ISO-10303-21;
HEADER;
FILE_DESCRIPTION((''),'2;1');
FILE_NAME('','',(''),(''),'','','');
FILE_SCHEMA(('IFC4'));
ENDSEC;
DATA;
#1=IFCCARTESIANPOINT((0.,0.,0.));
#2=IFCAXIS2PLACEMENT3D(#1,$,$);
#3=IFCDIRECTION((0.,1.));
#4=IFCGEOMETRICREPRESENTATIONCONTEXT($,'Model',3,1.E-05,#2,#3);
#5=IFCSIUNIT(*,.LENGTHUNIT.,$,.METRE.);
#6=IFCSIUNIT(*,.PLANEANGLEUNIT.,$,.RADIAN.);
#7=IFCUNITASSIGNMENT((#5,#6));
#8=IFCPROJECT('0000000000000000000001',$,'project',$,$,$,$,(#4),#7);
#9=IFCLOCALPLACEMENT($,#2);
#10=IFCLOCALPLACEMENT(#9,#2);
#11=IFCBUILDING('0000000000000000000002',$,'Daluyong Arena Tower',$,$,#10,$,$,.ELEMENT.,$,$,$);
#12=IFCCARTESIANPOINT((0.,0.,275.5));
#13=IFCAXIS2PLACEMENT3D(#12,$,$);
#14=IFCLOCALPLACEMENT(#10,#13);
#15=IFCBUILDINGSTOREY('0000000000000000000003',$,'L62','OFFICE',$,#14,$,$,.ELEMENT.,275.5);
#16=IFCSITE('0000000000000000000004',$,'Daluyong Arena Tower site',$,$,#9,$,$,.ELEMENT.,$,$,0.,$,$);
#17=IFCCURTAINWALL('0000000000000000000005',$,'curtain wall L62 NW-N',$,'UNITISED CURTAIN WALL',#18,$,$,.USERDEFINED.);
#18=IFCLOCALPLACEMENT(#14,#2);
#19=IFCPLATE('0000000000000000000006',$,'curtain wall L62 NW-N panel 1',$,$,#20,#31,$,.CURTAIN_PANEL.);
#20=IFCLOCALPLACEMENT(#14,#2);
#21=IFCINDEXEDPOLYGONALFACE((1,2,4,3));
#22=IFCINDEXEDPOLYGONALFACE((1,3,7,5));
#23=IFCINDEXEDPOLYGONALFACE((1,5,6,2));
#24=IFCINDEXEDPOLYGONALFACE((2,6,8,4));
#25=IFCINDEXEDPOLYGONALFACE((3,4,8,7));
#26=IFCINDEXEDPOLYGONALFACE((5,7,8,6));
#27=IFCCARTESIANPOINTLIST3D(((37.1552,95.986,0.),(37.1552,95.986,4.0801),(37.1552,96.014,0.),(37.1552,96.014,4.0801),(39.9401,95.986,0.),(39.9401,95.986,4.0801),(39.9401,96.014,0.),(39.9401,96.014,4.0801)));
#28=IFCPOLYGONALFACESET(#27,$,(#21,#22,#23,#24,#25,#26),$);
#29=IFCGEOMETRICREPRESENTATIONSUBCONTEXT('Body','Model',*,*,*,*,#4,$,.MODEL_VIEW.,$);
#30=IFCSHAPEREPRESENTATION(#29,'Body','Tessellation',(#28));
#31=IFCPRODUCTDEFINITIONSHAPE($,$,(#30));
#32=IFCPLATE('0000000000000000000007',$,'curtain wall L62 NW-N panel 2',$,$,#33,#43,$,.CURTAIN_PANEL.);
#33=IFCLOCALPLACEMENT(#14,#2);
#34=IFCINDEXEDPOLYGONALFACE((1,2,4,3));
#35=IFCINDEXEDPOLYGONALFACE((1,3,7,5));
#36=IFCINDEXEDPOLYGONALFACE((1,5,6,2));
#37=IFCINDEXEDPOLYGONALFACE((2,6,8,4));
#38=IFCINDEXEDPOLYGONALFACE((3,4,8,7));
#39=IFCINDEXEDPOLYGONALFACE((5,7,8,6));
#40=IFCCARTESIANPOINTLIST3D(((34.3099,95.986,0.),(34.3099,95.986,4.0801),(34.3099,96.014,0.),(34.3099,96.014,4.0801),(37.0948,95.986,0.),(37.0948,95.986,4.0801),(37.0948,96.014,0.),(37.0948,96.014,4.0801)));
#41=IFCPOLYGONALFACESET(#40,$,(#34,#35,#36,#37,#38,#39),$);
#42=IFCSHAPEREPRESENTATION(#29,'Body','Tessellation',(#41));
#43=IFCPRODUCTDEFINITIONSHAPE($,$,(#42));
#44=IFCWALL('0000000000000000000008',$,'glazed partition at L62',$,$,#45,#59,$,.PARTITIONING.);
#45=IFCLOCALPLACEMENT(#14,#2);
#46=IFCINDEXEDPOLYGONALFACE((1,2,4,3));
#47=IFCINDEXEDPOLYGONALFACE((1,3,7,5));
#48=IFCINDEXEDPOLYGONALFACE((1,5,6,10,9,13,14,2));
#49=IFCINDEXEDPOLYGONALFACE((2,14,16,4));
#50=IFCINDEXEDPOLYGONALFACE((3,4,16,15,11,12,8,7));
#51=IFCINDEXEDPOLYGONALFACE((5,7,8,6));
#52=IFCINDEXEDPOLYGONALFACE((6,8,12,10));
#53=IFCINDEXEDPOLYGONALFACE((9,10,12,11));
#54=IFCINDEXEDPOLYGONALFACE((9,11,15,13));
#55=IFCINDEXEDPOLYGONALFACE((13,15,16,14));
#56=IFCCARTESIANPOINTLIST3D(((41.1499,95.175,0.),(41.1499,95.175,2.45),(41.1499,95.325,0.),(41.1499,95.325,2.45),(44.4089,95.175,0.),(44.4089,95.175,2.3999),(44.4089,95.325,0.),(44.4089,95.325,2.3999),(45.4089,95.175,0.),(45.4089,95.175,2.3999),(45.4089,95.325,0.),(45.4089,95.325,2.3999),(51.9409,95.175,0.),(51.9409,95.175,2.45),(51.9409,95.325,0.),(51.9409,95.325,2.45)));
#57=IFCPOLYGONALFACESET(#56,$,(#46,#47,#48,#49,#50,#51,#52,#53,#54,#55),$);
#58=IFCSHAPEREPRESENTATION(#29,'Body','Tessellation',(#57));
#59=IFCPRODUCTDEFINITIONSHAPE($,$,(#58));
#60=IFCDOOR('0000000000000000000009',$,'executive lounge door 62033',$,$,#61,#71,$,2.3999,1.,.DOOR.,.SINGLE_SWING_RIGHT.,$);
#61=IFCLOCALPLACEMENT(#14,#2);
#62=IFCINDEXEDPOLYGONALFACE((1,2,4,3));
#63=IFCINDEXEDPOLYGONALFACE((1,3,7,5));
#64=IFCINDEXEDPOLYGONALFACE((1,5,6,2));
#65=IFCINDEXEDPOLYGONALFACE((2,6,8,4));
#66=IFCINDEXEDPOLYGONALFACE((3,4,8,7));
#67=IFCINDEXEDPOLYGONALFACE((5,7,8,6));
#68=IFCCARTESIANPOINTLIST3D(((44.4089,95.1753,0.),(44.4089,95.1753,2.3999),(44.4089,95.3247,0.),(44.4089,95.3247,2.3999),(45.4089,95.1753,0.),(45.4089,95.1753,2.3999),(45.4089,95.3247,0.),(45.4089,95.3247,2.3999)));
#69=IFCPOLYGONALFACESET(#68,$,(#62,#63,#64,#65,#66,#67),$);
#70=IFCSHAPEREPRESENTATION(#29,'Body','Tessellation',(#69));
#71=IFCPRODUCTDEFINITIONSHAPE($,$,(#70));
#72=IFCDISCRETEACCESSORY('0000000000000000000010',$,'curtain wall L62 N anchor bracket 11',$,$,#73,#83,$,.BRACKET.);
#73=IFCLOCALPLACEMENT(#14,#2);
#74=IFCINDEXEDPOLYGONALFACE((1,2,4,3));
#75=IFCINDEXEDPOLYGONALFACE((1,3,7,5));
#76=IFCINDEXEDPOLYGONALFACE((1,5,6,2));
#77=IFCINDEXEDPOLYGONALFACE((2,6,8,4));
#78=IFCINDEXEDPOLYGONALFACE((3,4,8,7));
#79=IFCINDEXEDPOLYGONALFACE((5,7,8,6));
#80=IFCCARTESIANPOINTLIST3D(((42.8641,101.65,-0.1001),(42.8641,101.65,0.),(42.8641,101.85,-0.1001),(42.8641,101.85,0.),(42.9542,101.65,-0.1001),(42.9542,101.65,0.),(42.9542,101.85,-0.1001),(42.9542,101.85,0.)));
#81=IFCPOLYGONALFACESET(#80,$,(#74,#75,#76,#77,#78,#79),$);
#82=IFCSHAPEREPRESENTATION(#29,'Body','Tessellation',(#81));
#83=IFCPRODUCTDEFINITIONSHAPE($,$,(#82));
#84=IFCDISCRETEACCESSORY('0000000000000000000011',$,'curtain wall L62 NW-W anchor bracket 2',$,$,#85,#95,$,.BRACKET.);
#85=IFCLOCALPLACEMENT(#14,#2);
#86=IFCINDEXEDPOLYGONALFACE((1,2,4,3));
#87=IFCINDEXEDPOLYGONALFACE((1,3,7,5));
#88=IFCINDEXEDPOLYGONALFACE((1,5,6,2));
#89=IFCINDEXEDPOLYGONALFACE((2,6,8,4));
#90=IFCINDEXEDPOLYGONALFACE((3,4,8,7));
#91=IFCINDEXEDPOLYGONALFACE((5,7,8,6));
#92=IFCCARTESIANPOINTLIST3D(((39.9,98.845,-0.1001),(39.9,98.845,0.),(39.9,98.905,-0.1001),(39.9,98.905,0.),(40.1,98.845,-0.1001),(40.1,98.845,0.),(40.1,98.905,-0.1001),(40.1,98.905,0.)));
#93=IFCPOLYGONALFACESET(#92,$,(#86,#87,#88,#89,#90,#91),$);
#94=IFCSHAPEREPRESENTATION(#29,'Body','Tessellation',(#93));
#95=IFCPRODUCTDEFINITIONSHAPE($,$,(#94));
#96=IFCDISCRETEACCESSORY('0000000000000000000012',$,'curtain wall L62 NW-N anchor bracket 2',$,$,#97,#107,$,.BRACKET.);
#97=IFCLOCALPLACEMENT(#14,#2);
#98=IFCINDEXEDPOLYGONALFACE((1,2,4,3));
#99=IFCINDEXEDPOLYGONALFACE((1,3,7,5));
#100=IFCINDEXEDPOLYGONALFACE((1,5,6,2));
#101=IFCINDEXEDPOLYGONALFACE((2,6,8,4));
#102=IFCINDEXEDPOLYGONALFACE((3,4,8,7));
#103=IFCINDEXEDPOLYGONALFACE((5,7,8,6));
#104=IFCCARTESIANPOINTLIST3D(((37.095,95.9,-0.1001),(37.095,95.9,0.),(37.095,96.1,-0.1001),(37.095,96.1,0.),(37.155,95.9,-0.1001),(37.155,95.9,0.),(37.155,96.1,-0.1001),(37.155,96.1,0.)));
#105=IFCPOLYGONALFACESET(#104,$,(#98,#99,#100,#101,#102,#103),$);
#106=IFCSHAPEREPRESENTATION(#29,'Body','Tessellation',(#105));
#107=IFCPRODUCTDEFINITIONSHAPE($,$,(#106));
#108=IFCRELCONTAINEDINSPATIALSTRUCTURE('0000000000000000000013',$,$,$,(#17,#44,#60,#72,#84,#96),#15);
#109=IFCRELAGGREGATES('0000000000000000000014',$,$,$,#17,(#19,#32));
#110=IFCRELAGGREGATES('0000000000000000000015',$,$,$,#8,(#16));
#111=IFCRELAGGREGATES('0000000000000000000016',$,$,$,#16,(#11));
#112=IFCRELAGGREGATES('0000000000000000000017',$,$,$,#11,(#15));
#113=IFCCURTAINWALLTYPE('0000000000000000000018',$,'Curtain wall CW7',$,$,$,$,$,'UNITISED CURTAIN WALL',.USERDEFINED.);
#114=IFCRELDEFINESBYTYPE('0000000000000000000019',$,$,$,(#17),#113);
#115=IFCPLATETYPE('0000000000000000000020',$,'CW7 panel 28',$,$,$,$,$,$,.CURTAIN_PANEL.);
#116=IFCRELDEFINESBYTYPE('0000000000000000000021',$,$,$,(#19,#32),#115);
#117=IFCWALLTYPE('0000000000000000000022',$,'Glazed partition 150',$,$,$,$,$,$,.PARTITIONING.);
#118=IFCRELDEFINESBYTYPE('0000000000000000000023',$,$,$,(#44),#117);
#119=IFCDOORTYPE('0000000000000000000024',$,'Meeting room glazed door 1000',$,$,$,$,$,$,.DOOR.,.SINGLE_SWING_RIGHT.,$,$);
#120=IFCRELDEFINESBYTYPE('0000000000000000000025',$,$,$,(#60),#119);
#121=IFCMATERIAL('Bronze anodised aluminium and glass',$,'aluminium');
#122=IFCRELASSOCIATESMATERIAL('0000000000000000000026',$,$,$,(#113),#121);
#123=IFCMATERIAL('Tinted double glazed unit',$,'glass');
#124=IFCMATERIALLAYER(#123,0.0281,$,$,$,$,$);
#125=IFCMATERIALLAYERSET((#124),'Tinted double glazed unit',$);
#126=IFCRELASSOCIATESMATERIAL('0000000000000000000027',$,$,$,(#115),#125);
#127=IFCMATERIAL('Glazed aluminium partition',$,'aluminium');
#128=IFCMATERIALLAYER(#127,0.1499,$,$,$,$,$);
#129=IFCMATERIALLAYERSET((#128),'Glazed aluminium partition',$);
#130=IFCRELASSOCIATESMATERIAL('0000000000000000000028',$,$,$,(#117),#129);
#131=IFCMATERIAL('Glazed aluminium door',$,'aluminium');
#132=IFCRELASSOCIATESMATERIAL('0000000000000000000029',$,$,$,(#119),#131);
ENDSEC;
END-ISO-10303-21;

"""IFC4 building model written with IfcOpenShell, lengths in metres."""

from ifc_helpers import new_model, si_unit, direction, frame, frame_2d, origin, origin_2d, place, context, subcontext, project, spatial, rectangle, extrude, material, layer, layer_set, type_object, element, fill, aggregate, save


model = new_model("IFC4")

# Units and contexts
model_context = context("Model", 3, precision=1e-05, world=origin(), true_north=direction((0.0, 1.0)))
body_context = subcontext(model_context, "Body", "Model", "MODEL_VIEW")
ifc_project = project(units=[si_unit("LENGTHUNIT", "METRE"), si_unit("PLANEANGLEUNIT", "RADIAN")], contexts=[model_context])

# Site, building, storey
site_placement = place(None, origin())
site = spatial("IfcSite", under=ifc_project, at=site_placement, Name="Daluyong Arena Tower site", CompositionType="ELEMENT", RefElevation=0.0)
building_placement = place(site_placement, origin())
building = spatial("IfcBuilding", under=site, at=building_placement, Name="Daluyong Arena Tower", CompositionType="ELEMENT")
storey_placement = place(building_placement, frame((0.0, 0.0, 275.5)))
storey = spatial("IfcBuildingStorey", under=building, at=storey_placement, Name="L62", Description="OFFICE", CompositionType="ELEMENT", Elevation=275.5)

# Curtain wall
ifc_material_1 = material(Name="Bronze anodised aluminium and glass", Category="aluminium")
curtain_wall_type_1 = type_object("IfcCurtainWallType", Name="Curtain wall CW7", ElementType="UNITISED CURTAIN WALL", PredefinedType="USERDEFINED", material=ifc_material_1)
curtain_wall_1_placement = place(storey_placement, origin())
curtain_wall_1 = element("IfcCurtainWall", 1, at=curtain_wall_1_placement, inside=storey, type_object=curtain_wall_type_1, Name="curtain wall L62 NW-N", ObjectType="UNITISED CURTAIN WALL", PredefinedType="USERDEFINED")

# Plates
ifc_material_2 = material(Name="Tinted double glazed unit", Category="glass")
ifc_layer_1 = layer(ifc_material_2, 0.0281)
ifc_layer_set_1 = layer_set([ifc_layer_1], Name="Tinted double glazed unit")
plate_type_1 = type_object("IfcPlateType", Name="CW7 panel 28", PredefinedType="CURTAIN_PANEL", material=ifc_layer_set_1)
plate_1_placement = place(storey_placement, frame((38.5476, 96.0, 0.0), z_axis=(0.0, 0.0, 1.0), x_axis=(-1.0, 0.0, 0.0)))
plate_1 = element("IfcPlate", 2, at=plate_1_placement, type_object=plate_type_1, Name="curtain wall L62 NW-N panel 1", PredefinedType="CURTAIN_PANEL", context=body_context, shape_type="SweptSolid", body=[
    extrude(rectangle(XDim=2.7849, YDim=0.0281, at=origin_2d()), origin(), (0.0, 0.0, 1.0), 4.0801),
])
plate_2_placement = place(storey_placement, frame((35.7024, 96.0, 0.0), z_axis=(0.0, 0.0, 1.0), x_axis=(-1.0, 0.0, 0.0)))
plate_2 = element("IfcPlate", 3, at=plate_2_placement, type_object=plate_type_1, Name="curtain wall L62 NW-N panel 2", PredefinedType="CURTAIN_PANEL", context=body_context, shape_type="SweptSolid", body=[
    extrude(rectangle(XDim=2.7849, YDim=0.0281, at=origin_2d()), origin(), (0.0, 0.0, 1.0), 4.0801),
])
aggregate(curtain_wall_1, [plate_1, plate_2])

# Wall, opening, door
ifc_material_3 = material(Name="Glazed aluminium partition", Category="aluminium")
ifc_layer_2 = layer(ifc_material_3, 0.1499)
ifc_layer_set_2 = layer_set([ifc_layer_2], Name="Glazed aluminium partition")
wall_type = type_object("IfcWallType", Name="Glazed partition 150", PredefinedType="PARTITIONING", material=ifc_layer_set_2)
wall_placement = place(storey_placement, frame((41.1499, 95.25, 0.0), z_axis=(0.0, 0.0, 1.0), x_axis=(1.0, 0.0, 0.0)))
wall = element("IfcWall", 4, at=wall_placement, inside=storey, type_object=wall_type, Name="glazed partition at L62", PredefinedType="PARTITIONING", context=body_context, shape_type="SweptSolid", body=[
    extrude(rectangle(XDim=10.791, YDim=0.1499, at=frame_2d((5.3955, 0.0))), origin(), (0.0, 0.0, 1.0), 2.45),
])
opening_placement = place(wall_placement, frame((3.259, 0.0, 0.0)))
opening = element("IfcOpeningElement", 5, at=opening_placement, cuts=wall, PredefinedType="OPENING", context=body_context, shape_type="SweptSolid", body=[
    extrude(rectangle(XDim=1.0, YDim=2.3999, at=frame_2d((0.5, 1.2))), frame((0.0, 0.085, 0.0), z_axis=(0.0, -1.0, 0.0), x_axis=(1.0, 0.0, 0.0)), (0.0, 0.0, 1.0), 0.1699),
])
ifc_material_4 = material(Name="Glazed aluminium door", Category="aluminium")
door_type = type_object("IfcDoorType", Name="Meeting room glazed door 1000", OperationType="SINGLE_SWING_RIGHT", PredefinedType="DOOR", material=ifc_material_4)
door_placement = place(opening_placement, origin())
door = element("IfcDoor", 6, at=door_placement, inside=storey, type_object=door_type, Name="executive lounge door 62033", OperationType="SINGLE_SWING_RIGHT", OverallHeight=2.3999, OverallWidth=1.0, PredefinedType="DOOR", context=body_context, shape_type="SweptSolid", body=[
    extrude(rectangle(XDim=1.0, YDim=2.3999, at=frame_2d((0.5, 1.2))), frame((0.0, 0.0747, 0.0), z_axis=(0.0, -1.0, 0.0), x_axis=(1.0, 0.0, 0.0)), (0.0, 0.0, 1.0), 0.1494),
])
fill(opening, door)

# Discrete accessories
discrete_accessory_placement = place(storey_placement, frame((42.9092, 101.75, -0.1001), z_axis=(0.0, 0.0, 1.0), x_axis=(-1.0, 0.0, 0.0)))
element("IfcDiscreteAccessory", 7, at=discrete_accessory_placement, inside=storey, Name="curtain wall L62 N anchor bracket 11", PredefinedType="BRACKET", context=body_context, shape_type="SweptSolid", body=[
    extrude(rectangle(XDim=0.0901, YDim=0.2, at=origin_2d()), origin(), (0.0, 0.0, 1.0), 0.1001),
])
for number, where, z_axis, x_axis, name in (
    (8, (40.0, 98.875, -0.1001), (0.0, 0.0, 1.0), (0.0, -1.0, 0.0), "curtain wall L62 NW-W anchor bracket 2"),
    (9, (37.125, 96.0, -0.1001), (0.0, 0.0, 1.0), (-1.0, 0.0, 0.0), "curtain wall L62 NW-N anchor bracket 2"),
):
    element("IfcDiscreteAccessory", number, at=place(storey_placement, frame(where, z_axis=z_axis, x_axis=x_axis)), inside=storey, Name=name, PredefinedType="BRACKET", context=body_context, shape_type="SweptSolid", body=[
        extrude(rectangle(XDim=0.0601, YDim=0.2, at=origin_2d()), origin(), (0.0, 0.0, 1.0), 0.1001),
    ])

save(model, "model.ifc")
